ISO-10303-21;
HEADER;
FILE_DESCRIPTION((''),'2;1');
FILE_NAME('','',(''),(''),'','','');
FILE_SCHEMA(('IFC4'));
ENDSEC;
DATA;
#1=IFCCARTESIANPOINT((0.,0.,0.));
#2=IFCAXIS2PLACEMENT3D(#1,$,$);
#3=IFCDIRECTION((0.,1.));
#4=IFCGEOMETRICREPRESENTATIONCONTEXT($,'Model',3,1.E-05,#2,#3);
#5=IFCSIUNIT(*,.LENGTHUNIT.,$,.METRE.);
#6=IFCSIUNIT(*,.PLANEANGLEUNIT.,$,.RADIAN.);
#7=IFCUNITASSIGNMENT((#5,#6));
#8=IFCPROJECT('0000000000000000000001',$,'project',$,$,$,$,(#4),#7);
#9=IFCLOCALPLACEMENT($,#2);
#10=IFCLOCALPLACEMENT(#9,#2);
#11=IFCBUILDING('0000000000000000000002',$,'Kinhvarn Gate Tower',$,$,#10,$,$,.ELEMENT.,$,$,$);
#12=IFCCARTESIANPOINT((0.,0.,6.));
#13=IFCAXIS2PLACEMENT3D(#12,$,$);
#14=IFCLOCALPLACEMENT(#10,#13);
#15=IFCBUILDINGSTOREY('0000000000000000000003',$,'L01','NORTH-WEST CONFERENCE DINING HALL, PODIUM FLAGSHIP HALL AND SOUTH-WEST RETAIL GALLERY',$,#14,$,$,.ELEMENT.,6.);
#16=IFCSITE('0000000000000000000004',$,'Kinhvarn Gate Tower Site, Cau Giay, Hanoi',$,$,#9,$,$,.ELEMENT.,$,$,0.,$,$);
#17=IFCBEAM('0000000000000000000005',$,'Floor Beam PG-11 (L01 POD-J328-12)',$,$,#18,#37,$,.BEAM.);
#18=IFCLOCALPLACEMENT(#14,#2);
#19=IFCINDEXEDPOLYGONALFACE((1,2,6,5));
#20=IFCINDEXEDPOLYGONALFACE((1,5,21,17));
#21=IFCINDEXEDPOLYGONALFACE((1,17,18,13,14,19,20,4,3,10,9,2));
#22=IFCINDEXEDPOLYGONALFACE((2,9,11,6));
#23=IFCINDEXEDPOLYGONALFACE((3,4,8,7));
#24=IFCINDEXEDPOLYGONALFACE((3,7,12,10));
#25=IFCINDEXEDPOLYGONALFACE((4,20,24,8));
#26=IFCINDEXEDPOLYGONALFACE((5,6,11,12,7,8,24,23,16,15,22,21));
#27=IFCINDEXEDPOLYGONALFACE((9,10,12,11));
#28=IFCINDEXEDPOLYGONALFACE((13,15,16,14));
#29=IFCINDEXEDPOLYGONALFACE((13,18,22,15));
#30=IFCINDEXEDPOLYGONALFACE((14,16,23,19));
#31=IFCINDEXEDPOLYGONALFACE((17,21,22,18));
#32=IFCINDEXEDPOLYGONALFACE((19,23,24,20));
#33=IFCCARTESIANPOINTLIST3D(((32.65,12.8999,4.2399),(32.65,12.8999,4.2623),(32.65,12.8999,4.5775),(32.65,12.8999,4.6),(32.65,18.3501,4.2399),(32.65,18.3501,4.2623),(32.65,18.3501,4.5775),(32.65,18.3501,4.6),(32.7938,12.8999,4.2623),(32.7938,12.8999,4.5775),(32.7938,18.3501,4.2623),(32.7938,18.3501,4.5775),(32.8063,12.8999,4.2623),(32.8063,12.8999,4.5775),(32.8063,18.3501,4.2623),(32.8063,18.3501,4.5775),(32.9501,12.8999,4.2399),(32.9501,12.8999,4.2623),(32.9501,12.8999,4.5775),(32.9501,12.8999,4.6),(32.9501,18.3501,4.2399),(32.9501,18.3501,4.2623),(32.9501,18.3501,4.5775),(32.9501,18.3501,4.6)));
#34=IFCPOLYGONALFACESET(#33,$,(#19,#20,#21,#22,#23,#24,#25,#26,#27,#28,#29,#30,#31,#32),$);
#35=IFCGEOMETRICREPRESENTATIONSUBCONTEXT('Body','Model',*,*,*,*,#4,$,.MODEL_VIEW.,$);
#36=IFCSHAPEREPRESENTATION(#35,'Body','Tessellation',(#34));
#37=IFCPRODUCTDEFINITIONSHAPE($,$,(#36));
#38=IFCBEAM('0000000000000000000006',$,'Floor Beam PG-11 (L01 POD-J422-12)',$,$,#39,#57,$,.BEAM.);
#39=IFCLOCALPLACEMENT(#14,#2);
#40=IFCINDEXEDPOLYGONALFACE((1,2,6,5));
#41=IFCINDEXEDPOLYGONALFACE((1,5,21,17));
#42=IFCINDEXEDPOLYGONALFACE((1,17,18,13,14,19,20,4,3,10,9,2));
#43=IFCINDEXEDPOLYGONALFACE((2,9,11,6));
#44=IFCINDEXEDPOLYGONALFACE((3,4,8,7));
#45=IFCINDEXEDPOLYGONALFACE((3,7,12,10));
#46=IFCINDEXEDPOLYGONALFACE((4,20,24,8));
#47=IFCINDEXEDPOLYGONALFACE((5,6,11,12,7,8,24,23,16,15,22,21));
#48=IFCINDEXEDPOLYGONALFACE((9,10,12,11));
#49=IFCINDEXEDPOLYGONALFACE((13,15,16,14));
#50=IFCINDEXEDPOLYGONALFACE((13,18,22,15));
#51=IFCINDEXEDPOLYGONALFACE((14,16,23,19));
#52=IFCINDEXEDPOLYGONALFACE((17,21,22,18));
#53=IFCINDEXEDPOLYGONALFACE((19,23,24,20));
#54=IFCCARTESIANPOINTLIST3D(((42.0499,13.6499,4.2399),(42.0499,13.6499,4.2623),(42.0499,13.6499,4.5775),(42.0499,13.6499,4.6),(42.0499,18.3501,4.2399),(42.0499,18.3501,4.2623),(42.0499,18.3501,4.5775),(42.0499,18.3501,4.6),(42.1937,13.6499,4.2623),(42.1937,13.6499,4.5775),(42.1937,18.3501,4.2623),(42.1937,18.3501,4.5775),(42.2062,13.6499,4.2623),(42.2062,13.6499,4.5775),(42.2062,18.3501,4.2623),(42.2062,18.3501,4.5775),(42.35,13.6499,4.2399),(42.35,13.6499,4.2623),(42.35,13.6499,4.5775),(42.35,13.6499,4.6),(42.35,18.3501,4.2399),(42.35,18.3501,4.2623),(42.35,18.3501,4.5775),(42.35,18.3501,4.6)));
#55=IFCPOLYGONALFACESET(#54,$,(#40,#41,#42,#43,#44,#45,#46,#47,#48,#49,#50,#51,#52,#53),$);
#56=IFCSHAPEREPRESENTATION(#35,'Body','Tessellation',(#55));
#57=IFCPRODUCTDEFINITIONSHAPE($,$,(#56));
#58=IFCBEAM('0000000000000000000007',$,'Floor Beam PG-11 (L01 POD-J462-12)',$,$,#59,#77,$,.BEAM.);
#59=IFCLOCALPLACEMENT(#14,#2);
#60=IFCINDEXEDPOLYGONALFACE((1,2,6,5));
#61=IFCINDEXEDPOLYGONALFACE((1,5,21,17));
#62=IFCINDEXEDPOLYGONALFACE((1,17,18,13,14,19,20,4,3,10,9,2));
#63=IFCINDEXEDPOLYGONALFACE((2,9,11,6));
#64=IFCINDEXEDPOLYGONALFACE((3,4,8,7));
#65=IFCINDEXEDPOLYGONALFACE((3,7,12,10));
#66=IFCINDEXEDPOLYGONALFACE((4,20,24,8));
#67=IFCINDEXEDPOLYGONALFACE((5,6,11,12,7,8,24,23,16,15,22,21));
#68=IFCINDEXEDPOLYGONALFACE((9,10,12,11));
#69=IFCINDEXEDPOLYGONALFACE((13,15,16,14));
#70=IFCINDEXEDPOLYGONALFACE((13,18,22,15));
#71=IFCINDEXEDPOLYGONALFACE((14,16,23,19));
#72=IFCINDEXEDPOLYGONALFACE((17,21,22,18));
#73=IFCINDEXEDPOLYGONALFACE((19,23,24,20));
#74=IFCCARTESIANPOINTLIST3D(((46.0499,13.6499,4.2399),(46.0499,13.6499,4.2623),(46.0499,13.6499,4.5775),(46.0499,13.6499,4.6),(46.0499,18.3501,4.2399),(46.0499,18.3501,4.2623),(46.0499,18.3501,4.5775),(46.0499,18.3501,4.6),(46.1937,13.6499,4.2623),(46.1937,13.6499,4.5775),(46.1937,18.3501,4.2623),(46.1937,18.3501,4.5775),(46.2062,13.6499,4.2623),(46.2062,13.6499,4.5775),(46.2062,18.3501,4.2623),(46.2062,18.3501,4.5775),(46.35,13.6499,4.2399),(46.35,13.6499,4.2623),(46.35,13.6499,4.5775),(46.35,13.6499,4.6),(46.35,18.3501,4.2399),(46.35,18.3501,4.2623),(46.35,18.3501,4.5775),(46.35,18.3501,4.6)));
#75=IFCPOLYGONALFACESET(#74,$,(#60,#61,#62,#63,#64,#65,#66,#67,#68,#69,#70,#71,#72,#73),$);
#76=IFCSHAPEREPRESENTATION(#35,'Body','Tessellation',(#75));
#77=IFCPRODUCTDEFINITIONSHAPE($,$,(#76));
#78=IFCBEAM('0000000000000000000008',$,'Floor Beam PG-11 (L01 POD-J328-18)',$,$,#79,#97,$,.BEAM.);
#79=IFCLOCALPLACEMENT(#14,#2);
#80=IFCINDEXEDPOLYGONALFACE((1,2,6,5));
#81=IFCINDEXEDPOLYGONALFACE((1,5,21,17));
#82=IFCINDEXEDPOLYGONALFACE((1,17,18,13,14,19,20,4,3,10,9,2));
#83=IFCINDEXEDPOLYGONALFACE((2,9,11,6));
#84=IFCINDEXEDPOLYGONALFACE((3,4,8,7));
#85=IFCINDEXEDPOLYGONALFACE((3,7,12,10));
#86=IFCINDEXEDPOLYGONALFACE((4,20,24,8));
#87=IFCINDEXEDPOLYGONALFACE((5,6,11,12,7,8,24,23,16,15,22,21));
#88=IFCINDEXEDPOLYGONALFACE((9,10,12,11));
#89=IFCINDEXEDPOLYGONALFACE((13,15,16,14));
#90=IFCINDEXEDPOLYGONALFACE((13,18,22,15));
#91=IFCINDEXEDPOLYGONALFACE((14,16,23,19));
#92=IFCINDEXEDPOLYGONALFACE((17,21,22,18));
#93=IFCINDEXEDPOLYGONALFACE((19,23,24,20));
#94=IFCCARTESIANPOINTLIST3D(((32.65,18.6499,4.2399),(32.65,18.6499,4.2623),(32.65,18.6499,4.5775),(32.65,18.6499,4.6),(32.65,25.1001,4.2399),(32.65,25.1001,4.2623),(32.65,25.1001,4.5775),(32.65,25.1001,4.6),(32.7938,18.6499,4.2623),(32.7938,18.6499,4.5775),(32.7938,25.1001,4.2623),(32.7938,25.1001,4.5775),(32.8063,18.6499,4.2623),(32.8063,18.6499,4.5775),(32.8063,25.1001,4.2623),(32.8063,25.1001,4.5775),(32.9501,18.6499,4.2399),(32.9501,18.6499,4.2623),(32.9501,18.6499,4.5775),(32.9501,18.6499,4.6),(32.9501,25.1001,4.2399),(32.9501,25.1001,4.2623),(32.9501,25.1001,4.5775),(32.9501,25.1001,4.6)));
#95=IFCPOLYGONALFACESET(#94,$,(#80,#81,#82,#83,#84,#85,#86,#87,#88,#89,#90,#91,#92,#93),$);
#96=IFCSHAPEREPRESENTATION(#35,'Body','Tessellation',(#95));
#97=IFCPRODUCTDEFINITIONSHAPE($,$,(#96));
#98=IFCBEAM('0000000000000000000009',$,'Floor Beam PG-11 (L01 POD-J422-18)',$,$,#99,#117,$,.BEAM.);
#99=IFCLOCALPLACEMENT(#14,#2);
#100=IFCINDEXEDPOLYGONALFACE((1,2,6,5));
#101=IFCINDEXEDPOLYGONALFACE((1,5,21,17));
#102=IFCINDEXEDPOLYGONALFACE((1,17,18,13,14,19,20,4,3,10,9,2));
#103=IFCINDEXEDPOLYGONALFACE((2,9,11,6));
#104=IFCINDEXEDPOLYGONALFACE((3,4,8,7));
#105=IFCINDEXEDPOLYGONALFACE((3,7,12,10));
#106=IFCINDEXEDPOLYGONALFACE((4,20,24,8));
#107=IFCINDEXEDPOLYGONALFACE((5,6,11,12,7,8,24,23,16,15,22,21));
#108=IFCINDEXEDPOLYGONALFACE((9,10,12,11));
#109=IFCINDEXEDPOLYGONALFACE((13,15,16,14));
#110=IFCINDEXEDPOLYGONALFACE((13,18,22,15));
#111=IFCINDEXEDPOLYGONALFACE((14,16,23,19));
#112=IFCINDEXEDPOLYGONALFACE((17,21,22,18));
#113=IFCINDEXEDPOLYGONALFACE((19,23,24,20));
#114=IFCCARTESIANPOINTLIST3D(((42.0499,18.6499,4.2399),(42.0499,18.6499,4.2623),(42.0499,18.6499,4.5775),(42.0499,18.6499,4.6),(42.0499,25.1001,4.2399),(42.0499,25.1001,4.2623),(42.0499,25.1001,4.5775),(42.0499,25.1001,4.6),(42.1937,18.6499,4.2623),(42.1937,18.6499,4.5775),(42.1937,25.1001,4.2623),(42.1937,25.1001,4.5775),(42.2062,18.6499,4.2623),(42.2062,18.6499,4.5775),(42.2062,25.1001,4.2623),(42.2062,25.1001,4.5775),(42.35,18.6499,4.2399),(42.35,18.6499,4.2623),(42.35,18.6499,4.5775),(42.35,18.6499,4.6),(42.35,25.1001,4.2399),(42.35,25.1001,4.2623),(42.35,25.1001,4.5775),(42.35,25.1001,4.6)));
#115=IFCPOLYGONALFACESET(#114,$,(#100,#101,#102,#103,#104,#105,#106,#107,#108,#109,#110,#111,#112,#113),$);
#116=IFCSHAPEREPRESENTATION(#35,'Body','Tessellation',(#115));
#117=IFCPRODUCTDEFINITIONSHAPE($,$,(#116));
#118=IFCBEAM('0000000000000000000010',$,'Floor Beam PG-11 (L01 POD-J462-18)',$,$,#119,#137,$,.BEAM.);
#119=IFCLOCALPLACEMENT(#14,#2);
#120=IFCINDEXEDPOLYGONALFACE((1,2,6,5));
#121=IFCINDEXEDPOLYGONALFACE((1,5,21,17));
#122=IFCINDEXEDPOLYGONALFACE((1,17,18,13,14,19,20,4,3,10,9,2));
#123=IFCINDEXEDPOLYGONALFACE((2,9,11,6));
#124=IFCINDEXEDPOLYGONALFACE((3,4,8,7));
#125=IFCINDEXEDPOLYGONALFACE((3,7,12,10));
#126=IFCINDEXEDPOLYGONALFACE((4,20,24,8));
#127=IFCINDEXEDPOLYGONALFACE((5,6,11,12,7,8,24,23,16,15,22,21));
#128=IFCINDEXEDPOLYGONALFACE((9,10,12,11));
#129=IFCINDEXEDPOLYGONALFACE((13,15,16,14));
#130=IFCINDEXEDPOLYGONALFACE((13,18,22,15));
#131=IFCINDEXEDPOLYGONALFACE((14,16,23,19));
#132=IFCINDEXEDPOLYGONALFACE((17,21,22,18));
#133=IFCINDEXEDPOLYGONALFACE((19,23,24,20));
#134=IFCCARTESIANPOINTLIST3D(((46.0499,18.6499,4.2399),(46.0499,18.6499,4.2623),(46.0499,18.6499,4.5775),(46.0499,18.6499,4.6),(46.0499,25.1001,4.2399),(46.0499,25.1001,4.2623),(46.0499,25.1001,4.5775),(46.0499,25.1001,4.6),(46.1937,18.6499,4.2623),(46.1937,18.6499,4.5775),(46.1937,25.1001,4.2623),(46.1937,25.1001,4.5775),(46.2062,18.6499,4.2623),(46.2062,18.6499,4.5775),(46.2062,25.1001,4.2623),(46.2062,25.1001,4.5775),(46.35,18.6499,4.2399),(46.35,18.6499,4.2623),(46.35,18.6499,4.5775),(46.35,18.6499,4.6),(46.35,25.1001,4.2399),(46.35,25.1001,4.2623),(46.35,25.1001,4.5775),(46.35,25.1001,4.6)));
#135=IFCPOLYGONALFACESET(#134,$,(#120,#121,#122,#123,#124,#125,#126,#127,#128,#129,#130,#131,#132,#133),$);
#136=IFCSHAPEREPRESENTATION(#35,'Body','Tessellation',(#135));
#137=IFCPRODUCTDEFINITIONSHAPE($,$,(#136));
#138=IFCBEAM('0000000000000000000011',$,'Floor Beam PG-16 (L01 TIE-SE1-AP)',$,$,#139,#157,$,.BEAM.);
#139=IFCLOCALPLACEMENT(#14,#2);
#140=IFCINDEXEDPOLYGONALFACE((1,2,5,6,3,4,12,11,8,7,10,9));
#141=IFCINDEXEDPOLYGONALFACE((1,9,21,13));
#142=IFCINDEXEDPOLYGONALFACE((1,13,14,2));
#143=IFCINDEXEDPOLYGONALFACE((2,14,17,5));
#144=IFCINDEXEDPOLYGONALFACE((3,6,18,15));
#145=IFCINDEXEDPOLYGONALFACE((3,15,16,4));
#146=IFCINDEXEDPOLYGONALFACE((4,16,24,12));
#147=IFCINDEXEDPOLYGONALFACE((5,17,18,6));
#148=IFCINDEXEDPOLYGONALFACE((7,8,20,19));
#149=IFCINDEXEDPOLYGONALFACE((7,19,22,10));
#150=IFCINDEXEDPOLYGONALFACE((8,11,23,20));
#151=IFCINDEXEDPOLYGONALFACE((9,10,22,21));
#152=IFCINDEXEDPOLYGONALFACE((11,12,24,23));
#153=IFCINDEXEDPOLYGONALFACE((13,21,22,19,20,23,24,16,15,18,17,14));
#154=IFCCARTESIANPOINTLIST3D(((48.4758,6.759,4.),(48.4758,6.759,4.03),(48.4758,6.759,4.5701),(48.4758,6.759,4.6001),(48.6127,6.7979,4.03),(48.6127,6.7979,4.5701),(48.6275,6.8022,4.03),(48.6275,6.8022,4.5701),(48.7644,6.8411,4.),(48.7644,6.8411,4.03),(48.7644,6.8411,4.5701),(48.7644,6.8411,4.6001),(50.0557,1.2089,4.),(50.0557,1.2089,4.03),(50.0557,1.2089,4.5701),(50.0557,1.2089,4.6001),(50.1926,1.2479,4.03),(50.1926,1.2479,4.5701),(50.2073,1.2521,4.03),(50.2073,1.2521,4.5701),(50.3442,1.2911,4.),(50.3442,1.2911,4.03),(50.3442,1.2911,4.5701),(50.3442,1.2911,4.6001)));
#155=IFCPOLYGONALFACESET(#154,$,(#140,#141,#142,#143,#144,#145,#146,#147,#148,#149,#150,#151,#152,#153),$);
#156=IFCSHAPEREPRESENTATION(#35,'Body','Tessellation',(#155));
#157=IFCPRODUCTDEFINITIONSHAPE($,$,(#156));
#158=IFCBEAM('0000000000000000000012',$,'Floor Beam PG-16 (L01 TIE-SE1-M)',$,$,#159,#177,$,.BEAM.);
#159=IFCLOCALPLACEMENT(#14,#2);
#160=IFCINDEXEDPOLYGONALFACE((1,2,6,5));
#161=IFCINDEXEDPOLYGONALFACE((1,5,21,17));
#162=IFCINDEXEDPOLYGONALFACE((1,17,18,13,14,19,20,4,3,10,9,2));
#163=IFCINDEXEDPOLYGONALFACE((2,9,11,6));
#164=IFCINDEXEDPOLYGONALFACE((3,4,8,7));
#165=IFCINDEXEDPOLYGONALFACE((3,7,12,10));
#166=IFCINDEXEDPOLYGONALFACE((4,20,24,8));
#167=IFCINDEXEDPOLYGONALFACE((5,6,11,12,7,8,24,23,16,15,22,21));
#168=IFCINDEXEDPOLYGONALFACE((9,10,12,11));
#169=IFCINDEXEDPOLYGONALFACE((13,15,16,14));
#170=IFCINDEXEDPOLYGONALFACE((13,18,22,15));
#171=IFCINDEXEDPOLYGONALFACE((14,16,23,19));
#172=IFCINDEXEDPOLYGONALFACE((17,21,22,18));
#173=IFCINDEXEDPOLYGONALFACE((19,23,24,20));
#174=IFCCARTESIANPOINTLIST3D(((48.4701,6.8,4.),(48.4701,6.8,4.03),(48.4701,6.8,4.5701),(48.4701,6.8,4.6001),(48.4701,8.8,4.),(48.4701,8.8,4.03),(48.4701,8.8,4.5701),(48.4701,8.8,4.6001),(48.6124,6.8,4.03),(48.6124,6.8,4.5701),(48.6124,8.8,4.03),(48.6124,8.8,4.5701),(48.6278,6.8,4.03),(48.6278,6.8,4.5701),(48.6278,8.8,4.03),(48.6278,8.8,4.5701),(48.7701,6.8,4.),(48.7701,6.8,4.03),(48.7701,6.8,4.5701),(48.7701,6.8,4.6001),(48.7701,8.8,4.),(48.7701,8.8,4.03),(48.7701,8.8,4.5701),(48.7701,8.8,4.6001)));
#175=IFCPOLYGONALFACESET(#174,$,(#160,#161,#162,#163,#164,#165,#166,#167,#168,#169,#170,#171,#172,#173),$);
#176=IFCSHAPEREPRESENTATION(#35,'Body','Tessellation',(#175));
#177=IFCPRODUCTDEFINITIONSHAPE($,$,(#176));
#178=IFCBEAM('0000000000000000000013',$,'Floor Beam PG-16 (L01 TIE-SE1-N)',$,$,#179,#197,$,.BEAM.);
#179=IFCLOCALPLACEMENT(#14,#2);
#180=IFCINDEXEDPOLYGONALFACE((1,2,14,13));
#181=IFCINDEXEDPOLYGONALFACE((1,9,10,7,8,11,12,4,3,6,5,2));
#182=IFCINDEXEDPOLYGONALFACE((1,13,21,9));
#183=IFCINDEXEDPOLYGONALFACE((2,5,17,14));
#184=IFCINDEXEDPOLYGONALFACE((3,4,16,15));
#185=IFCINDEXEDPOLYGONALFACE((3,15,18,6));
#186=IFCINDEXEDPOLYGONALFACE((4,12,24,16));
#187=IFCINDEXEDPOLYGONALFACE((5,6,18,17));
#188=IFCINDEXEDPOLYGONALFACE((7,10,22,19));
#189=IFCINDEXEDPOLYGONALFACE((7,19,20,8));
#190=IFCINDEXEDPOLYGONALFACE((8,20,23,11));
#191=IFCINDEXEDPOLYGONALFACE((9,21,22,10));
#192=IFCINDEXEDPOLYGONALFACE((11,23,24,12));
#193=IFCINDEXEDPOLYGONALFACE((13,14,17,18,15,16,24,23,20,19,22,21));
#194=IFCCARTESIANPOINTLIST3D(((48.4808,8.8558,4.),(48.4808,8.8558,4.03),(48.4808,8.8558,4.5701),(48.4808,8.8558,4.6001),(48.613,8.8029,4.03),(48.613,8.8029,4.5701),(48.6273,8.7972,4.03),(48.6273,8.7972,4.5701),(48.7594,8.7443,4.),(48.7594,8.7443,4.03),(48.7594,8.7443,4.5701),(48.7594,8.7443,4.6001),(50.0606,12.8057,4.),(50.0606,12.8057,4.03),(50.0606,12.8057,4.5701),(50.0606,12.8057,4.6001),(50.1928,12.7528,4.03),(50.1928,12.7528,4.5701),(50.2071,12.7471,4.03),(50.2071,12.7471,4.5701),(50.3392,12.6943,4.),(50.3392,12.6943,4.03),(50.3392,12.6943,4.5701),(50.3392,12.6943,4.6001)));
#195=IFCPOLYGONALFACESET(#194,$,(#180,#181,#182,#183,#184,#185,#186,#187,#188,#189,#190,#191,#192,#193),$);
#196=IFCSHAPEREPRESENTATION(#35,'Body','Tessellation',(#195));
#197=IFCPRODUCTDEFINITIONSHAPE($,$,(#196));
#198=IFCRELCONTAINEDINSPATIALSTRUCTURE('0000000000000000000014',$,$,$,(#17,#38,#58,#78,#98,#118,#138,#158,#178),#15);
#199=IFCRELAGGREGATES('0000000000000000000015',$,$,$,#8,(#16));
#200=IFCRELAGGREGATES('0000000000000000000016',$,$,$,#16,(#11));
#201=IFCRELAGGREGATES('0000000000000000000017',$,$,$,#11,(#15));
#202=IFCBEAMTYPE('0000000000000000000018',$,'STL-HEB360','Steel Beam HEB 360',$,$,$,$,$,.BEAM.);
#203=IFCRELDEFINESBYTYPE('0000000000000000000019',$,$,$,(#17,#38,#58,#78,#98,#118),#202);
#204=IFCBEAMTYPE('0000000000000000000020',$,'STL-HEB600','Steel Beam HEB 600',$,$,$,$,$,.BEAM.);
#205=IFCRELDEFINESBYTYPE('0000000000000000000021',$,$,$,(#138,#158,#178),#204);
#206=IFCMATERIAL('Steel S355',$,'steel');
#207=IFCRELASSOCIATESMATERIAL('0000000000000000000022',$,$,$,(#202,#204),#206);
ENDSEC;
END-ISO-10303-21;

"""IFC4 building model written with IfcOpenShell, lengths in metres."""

from ifc_helpers import new_model, si_unit, direction, frame, origin, origin_2d, place, context, subcontext, project, spatial, i_section, extrude, material, material_profile, profile_set, type_object, element, save


model = new_model("IFC4")

# Units and contexts
model_context = context("Model", 3, precision=1e-05, world=origin(), true_north=direction((0.0, 1.0)))
body_context = subcontext(model_context, "Body", "Model", "MODEL_VIEW")
ifc_project = project(units=[si_unit("LENGTHUNIT", "METRE"), si_unit("PLANEANGLEUNIT", "RADIAN")], contexts=[model_context])

# Site, building, storey
site_placement = place(None, origin())
site = spatial("IfcSite", under=ifc_project, at=site_placement, Name="Kinhvarn Gate Tower Site, Cau Giay, Hanoi", CompositionType="ELEMENT", RefElevation=0.0)
building_placement = place(site_placement, origin())
building = spatial("IfcBuilding", under=site, at=building_placement, Name="Kinhvarn Gate Tower", CompositionType="ELEMENT")
storey_placement = place(building_placement, frame((0.0, 0.0, 6.0)))
storey = spatial("IfcBuildingStorey", under=building, at=storey_placement, Name="L01", Description="NORTH-WEST CONFERENCE DINING HALL, PODIUM FLAGSHIP HALL AND SOUTH-WEST RETAIL GALLERY", CompositionType="ELEMENT", Elevation=6.0)

# Beams
ifc_material_1 = material(Name="Steel S355", Category="steel")
ifc_material_profile_1 = material_profile(ifc_material_1, i_section(OverallWidth=0.3, OverallDepth=0.3601, WebThickness=0.0125, FlangeThickness=0.0225, at=origin_2d()), Name="HEB 360")
ifc_profile_set_1 = profile_set([ifc_material_profile_1], Name="Steel S355")
beam_type_1 = type_object("IfcBeamType", Name="STL-HEB360", Description="Steel Beam HEB 360", PredefinedType="BEAM", material=ifc_profile_set_1)
beam_1_placement = place(storey_placement, frame((32.8, 12.8999, 4.4199), z_axis=(0.0, 1.0, 0.0), x_axis=(-1.0, 0.0, 0.0)))
element("IfcBeam", 1, at=beam_1_placement, inside=storey, type_object=beam_type_1, Name="Floor Beam PG-11 (L01 POD-J328-12)", PredefinedType="BEAM", context=body_context, shape_type="SweptSolid", body=[
    extrude(i_section(OverallWidth=0.3, OverallDepth=0.3601, WebThickness=0.0125, FlangeThickness=0.0225, at=origin_2d()), origin(), (0.0, 0.0, 1.0), 5.4502),
])
for number, where, z_axis, x_axis, name in (
    (2, (42.2, 13.6499, 4.4199), (0.0, 1.0, 0.0), (-1.0, 0.0, 0.0), "Floor Beam PG-11 (L01 POD-J422-12)"),
    (3, (46.2, 13.6499, 4.4199), (0.0, 1.0, 0.0), (-1.0, 0.0, 0.0), "Floor Beam PG-11 (L01 POD-J462-12)"),
):
    element("IfcBeam", number, at=place(storey_placement, frame(where, z_axis=z_axis, x_axis=x_axis)), inside=storey, type_object=beam_type_1, Name=name, PredefinedType="BEAM", context=body_context, shape_type="SweptSolid", body=[
        extrude(i_section(OverallWidth=0.3, OverallDepth=0.3601, WebThickness=0.0125, FlangeThickness=0.0225, at=origin_2d()), origin(), (0.0, 0.0, 1.0), 4.7002),
    ])
for number, where, z_axis, x_axis, name in (
    (4, (32.8, 18.6499, 4.4199), (0.0, 1.0, 0.0), (-1.0, 0.0, 0.0), "Floor Beam PG-11 (L01 POD-J328-18)"),
    (5, (42.2, 18.6499, 4.4199), (0.0, 1.0, 0.0), (-1.0, 0.0, 0.0), "Floor Beam PG-11 (L01 POD-J422-18)"),
    (6, (46.2, 18.6499, 4.4199), (0.0, 1.0, 0.0), (-1.0, 0.0, 0.0), "Floor Beam PG-11 (L01 POD-J462-18)"),
):
    element("IfcBeam", number, at=place(storey_placement, frame(where, z_axis=z_axis, x_axis=x_axis)), inside=storey, type_object=beam_type_1, Name=name, PredefinedType="BEAM", context=body_context, shape_type="SweptSolid", body=[
        extrude(i_section(OverallWidth=0.3, OverallDepth=0.3601, WebThickness=0.0125, FlangeThickness=0.0225, at=origin_2d()), origin(), (0.0, 0.0, 1.0), 6.4502),
    ])
ifc_material_profile_2 = material_profile(ifc_material_1, i_section(OverallWidth=0.3, OverallDepth=0.6001, WebThickness=0.0154, FlangeThickness=0.03, at=origin_2d()), Name="HEB 600")
ifc_profile_set_2 = profile_set([ifc_material_profile_2], Name="Steel S355")
beam_type_2 = type_object("IfcBeamType", Name="STL-HEB600", Description="Steel Beam HEB 600", PredefinedType="BEAM", material=ifc_profile_set_2)
beam_2_placement = place(storey_placement, frame((48.6201, 6.8, 4.3), z_axis=(0.273777, -0.961793, 0.0), x_axis=(0.961793, 0.273777, 0.0)))
element("IfcBeam", 7, at=beam_2_placement, inside=storey, type_object=beam_type_2, Name="Floor Beam PG-16 (L01 TIE-SE1-AP)", PredefinedType="BEAM", context=body_context, shape_type="SweptSolid", body=[
    extrude(i_section(OverallWidth=0.3, OverallDepth=0.6001, WebThickness=0.0154, FlangeThickness=0.03, at=origin_2d()), origin(), (0.0, 0.0, 1.0), 5.7705),
])
beam_3_placement = place(storey_placement, frame((48.6201, 6.8, 4.3), z_axis=(0.0, 1.0, 0.0), x_axis=(-1.0, 0.0, 0.0)))
element("IfcBeam", 8, at=beam_3_placement, inside=storey, type_object=beam_type_2, Name="Floor Beam PG-16 (L01 TIE-SE1-M)", PredefinedType="BEAM", context=body_context, shape_type="SweptSolid", body=[
    extrude(i_section(OverallWidth=0.3, OverallDepth=0.6001, WebThickness=0.0154, FlangeThickness=0.03, at=origin_2d()), origin(), (0.0, 0.0, 1.0), 2.0),
])
beam_4_placement = place(storey_placement, frame((48.6201, 8.8, 4.3), z_axis=(0.371361, 0.928489, 0.0), x_axis=(-0.928489, 0.371361, 0.0)))
element("IfcBeam", 9, at=beam_4_placement, inside=storey, type_object=beam_type_2, Name="Floor Beam PG-16 (L01 TIE-SE1-N)", PredefinedType="BEAM", context=body_context, shape_type="SweptSolid", body=[
    extrude(i_section(OverallWidth=0.3, OverallDepth=0.6001, WebThickness=0.0154, FlangeThickness=0.03, at=origin_2d()), origin(), (0.0, 0.0, 1.0), 4.2542),
])

save(model, "model.ifc")
